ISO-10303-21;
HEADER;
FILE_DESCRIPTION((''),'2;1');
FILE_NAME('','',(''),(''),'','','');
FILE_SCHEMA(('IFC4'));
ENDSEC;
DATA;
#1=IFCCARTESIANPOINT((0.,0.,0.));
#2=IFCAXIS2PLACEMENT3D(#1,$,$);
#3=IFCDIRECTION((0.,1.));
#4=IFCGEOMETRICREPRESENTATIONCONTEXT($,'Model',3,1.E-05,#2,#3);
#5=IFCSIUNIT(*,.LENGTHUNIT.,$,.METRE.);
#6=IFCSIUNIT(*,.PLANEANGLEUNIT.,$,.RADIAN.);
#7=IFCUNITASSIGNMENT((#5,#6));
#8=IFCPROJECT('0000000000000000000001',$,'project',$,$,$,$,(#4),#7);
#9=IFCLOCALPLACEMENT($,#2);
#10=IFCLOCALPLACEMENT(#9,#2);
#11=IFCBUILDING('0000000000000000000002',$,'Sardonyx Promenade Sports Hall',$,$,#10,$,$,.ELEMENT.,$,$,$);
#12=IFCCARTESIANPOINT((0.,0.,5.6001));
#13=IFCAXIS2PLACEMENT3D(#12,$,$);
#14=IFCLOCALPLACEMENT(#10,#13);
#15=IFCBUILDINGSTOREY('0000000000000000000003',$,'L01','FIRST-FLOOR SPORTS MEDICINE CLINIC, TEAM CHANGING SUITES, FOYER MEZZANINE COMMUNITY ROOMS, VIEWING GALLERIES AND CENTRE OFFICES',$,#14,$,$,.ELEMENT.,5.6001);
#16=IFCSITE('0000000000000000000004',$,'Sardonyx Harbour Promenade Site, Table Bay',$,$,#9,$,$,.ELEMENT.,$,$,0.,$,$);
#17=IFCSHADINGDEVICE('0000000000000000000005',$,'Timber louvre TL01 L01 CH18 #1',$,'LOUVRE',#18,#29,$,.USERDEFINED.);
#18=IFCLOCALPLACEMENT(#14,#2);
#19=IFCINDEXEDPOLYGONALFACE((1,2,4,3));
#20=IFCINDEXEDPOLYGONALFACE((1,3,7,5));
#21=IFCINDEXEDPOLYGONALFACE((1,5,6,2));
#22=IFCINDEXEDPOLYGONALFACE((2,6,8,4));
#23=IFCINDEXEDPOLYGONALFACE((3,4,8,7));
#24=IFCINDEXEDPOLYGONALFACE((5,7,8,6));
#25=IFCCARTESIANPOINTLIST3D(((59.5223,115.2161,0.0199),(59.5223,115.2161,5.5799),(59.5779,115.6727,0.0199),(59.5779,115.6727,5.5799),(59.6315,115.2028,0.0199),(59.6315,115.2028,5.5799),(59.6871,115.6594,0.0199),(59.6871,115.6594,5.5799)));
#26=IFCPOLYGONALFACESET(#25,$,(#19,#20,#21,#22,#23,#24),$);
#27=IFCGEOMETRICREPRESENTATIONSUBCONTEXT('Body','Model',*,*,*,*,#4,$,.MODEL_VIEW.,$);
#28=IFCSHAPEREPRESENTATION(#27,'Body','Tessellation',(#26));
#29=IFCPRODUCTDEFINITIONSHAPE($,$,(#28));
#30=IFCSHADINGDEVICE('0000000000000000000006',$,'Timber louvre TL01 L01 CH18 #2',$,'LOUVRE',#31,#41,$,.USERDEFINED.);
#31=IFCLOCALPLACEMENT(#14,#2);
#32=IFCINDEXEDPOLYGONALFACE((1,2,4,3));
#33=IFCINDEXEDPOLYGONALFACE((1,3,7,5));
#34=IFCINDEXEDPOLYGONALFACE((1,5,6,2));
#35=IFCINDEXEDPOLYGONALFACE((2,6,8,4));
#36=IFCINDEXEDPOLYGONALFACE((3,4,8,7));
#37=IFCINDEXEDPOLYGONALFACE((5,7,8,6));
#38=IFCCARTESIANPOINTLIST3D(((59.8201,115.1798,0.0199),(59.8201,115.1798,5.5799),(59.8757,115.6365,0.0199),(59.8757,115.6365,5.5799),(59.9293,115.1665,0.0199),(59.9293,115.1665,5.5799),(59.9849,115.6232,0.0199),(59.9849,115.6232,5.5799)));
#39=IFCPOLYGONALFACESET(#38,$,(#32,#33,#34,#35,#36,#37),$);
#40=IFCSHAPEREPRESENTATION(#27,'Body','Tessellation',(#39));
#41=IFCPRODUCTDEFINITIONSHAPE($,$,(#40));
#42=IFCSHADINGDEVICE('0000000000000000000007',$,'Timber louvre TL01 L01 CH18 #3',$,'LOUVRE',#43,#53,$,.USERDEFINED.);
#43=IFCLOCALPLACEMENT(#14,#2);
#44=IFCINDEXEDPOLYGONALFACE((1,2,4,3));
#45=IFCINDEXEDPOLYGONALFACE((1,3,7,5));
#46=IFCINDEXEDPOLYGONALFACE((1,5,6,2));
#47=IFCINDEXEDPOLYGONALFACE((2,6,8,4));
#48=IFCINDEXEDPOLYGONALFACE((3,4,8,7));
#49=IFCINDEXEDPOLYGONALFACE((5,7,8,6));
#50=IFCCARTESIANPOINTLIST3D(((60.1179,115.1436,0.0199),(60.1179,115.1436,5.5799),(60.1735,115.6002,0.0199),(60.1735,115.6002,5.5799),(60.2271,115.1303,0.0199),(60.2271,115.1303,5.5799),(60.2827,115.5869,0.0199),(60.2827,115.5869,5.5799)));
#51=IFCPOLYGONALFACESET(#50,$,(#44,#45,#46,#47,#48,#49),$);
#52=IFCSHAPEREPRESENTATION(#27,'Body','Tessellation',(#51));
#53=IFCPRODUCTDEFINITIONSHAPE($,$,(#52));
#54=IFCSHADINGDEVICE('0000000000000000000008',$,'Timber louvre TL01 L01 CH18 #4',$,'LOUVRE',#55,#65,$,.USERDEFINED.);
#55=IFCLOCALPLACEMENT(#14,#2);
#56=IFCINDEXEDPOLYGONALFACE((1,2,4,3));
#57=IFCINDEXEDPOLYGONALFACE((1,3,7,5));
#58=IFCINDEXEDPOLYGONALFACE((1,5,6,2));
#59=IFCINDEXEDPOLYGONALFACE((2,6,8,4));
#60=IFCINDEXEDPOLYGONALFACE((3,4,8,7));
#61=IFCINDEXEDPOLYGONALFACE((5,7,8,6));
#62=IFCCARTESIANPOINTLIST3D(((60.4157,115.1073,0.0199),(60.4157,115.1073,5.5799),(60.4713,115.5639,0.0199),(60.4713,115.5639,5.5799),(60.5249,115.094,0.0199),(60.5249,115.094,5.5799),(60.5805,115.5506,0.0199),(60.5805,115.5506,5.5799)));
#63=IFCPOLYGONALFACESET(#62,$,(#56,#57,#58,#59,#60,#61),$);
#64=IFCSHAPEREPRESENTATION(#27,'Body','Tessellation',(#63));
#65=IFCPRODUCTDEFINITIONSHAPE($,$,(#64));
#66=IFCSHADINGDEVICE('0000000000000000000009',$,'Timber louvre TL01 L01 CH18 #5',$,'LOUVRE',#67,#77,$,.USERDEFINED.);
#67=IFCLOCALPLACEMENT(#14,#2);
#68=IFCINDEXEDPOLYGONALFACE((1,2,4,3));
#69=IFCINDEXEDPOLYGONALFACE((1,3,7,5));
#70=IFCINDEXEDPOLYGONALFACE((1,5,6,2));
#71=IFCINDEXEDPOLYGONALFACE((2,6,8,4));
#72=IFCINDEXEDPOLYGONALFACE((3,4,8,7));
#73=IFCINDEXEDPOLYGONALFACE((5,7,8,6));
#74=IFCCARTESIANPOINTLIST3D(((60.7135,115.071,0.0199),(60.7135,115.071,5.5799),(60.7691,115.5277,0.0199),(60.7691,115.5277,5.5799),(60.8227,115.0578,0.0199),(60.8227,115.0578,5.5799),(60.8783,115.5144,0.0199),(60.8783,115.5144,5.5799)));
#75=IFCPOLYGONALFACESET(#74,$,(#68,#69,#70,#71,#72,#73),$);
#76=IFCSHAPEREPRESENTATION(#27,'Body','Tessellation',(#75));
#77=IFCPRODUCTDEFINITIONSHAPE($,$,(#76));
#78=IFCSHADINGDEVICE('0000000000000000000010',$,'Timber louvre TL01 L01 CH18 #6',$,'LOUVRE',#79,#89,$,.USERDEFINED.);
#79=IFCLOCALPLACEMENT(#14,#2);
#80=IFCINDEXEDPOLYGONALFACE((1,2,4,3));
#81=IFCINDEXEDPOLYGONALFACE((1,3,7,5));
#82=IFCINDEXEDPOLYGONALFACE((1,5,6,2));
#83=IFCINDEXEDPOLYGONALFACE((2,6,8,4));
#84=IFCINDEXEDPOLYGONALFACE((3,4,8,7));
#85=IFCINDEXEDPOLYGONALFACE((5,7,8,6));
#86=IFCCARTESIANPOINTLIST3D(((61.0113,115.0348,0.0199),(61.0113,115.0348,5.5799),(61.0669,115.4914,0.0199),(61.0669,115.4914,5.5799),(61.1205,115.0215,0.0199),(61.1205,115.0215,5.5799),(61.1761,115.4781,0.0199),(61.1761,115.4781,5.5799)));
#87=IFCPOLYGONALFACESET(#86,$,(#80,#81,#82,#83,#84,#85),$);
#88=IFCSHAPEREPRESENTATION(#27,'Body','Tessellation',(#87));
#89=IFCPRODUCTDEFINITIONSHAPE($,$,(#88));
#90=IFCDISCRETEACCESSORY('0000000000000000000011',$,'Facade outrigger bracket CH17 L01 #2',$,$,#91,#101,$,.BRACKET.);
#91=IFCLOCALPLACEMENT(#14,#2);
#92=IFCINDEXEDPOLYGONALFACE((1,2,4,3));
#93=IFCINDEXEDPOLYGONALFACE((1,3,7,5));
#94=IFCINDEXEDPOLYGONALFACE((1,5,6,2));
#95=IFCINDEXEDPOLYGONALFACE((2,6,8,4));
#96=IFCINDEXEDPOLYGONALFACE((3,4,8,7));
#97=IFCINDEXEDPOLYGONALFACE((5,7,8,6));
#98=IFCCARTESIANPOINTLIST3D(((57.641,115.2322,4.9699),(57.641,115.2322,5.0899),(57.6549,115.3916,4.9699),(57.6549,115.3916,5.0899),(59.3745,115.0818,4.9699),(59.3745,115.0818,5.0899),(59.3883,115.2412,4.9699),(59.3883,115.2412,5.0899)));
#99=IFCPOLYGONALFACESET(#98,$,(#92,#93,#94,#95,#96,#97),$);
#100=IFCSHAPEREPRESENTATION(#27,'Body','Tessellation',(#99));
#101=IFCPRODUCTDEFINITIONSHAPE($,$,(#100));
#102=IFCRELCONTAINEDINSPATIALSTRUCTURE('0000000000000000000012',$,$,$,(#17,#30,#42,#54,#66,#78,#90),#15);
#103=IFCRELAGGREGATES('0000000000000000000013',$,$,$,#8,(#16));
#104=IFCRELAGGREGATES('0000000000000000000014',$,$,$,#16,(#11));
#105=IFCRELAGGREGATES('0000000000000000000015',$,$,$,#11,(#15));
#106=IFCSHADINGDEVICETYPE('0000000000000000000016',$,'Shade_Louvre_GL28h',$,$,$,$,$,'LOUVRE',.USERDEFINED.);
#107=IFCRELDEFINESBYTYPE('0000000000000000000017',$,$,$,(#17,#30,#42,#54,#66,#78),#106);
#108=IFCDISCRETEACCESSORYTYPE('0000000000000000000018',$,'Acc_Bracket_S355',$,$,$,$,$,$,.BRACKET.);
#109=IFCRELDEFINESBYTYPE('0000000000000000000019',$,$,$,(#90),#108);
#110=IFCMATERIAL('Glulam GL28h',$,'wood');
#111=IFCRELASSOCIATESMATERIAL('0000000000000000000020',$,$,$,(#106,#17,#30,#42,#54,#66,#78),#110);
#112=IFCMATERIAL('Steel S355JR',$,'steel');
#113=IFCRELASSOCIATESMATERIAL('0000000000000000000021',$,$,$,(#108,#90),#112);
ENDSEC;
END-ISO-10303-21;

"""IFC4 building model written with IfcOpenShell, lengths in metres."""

from ifc_helpers import new_model, si_unit, direction, frame, origin, place, context, subcontext, project, spatial, rectangle, extrude, material, type_object, element, save


model = new_model("IFC4")

# Units and contexts
model_context = context("Model", 3, precision=1e-05, world=origin(), true_north=direction((0.0, 1.0)))
body_context = subcontext(model_context, "Body", "Model", "MODEL_VIEW")
ifc_project = project(units=[si_unit("LENGTHUNIT", "METRE"), si_unit("PLANEANGLEUNIT", "RADIAN")], contexts=[model_context])

# Site, building, storey
site_placement = place(None, origin())
site = spatial("IfcSite", under=ifc_project, at=site_placement, Name="Sardonyx Harbour Promenade Site, Table Bay", CompositionType="ELEMENT", RefElevation=0.0)
building_placement = place(site_placement, origin())
building = spatial("IfcBuilding", under=site, at=building_placement, Name="Sardonyx Promenade Sports Hall", CompositionType="ELEMENT")
storey_placement = place(building_placement, frame((0.0, 0.0, 5.6001)))
storey = spatial("IfcBuildingStorey", under=building, at=storey_placement, Name="L01", Description="FIRST-FLOOR SPORTS MEDICINE CLINIC, TEAM CHANGING SUITES, FOYER MEZZANINE COMMUNITY ROOMS, VIEWING GALLERIES AND CENTRE OFFICES", CompositionType="ELEMENT", Elevation=5.6001)

# Shading devices
ifc_material_1 = material(Name="Glulam GL28h", Category="wood")
shading_device_type = type_object("IfcShadingDeviceType", Name="Shade_Louvre_GL28h", ElementType="LOUVRE", PredefinedType="USERDEFINED", material=ifc_material_1)
for number, where, z_axis, x_axis, name in (
    (1, (59.6047, 115.4378, 0.0199), (0.0, 0.0, 1.0), (0.992669, -0.120863, 0.0), "Timber louvre TL01 L01 CH18 #1"),
    (2, (59.9025, 115.4015, 0.0199), (0.0, 0.0, 1.0), (0.992669, -0.120863, 0.0), "Timber louvre TL01 L01 CH18 #2"),
    (3, (60.2003, 115.3652, 0.0199), (0.0, 0.0, 1.0), (0.992669, -0.120863, 0.0), "Timber louvre TL01 L01 CH18 #3"),
    (4, (60.4981, 115.329, 0.0199), (0.0, 0.0, 1.0), (0.992669, -0.120863, 0.0), "Timber louvre TL01 L01 CH18 #4"),
    (5, (60.7959, 115.2927, 0.0199), (0.0, 0.0, 1.0), (0.992669, -0.120863, 0.0), "Timber louvre TL01 L01 CH18 #5"),
    (6, (61.0937, 115.2565, 0.0199), (0.0, 0.0, 1.0), (0.992669, -0.120863, 0.0), "Timber louvre TL01 L01 CH18 #6"),
):
    element("IfcShadingDevice", number, at=place(storey_placement, frame(where, z_axis=z_axis, x_axis=x_axis)), inside=storey, type_object=shading_device_type, material=ifc_material_1, Name=name, ObjectType="LOUVRE", PredefinedType="USERDEFINED", context=body_context, shape_type="SweptSolid", body=[
        extrude(rectangle(XDim=0.11, YDim=0.46), origin(), (0.0, 0.0, 1.0), 5.56),
    ])

# Discrete accessory
ifc_material_2 = material(Name="Steel S355JR", Category="steel")
discrete_accessory_type = type_object("IfcDiscreteAccessoryType", Name="Acc_Bracket_S355", PredefinedType="BRACKET", material=ifc_material_2)
discrete_accessory_placement = place(storey_placement, frame((58.5147, 115.2367, 4.9699), z_axis=(0.0, 0.0, 1.0), x_axis=(0.996258, -0.086434, 0.0)))
element("IfcDiscreteAccessory", 7, at=discrete_accessory_placement, inside=storey, type_object=discrete_accessory_type, material=ifc_material_2, Name="Facade outrigger bracket CH17 L01 #2", PredefinedType="BRACKET", context=body_context, shape_type="SweptSolid", body=[
    extrude(rectangle(XDim=1.74, YDim=0.16), origin(), (0.0, 0.0, 1.0), 0.12),
])

save(model, "model.ifc")
